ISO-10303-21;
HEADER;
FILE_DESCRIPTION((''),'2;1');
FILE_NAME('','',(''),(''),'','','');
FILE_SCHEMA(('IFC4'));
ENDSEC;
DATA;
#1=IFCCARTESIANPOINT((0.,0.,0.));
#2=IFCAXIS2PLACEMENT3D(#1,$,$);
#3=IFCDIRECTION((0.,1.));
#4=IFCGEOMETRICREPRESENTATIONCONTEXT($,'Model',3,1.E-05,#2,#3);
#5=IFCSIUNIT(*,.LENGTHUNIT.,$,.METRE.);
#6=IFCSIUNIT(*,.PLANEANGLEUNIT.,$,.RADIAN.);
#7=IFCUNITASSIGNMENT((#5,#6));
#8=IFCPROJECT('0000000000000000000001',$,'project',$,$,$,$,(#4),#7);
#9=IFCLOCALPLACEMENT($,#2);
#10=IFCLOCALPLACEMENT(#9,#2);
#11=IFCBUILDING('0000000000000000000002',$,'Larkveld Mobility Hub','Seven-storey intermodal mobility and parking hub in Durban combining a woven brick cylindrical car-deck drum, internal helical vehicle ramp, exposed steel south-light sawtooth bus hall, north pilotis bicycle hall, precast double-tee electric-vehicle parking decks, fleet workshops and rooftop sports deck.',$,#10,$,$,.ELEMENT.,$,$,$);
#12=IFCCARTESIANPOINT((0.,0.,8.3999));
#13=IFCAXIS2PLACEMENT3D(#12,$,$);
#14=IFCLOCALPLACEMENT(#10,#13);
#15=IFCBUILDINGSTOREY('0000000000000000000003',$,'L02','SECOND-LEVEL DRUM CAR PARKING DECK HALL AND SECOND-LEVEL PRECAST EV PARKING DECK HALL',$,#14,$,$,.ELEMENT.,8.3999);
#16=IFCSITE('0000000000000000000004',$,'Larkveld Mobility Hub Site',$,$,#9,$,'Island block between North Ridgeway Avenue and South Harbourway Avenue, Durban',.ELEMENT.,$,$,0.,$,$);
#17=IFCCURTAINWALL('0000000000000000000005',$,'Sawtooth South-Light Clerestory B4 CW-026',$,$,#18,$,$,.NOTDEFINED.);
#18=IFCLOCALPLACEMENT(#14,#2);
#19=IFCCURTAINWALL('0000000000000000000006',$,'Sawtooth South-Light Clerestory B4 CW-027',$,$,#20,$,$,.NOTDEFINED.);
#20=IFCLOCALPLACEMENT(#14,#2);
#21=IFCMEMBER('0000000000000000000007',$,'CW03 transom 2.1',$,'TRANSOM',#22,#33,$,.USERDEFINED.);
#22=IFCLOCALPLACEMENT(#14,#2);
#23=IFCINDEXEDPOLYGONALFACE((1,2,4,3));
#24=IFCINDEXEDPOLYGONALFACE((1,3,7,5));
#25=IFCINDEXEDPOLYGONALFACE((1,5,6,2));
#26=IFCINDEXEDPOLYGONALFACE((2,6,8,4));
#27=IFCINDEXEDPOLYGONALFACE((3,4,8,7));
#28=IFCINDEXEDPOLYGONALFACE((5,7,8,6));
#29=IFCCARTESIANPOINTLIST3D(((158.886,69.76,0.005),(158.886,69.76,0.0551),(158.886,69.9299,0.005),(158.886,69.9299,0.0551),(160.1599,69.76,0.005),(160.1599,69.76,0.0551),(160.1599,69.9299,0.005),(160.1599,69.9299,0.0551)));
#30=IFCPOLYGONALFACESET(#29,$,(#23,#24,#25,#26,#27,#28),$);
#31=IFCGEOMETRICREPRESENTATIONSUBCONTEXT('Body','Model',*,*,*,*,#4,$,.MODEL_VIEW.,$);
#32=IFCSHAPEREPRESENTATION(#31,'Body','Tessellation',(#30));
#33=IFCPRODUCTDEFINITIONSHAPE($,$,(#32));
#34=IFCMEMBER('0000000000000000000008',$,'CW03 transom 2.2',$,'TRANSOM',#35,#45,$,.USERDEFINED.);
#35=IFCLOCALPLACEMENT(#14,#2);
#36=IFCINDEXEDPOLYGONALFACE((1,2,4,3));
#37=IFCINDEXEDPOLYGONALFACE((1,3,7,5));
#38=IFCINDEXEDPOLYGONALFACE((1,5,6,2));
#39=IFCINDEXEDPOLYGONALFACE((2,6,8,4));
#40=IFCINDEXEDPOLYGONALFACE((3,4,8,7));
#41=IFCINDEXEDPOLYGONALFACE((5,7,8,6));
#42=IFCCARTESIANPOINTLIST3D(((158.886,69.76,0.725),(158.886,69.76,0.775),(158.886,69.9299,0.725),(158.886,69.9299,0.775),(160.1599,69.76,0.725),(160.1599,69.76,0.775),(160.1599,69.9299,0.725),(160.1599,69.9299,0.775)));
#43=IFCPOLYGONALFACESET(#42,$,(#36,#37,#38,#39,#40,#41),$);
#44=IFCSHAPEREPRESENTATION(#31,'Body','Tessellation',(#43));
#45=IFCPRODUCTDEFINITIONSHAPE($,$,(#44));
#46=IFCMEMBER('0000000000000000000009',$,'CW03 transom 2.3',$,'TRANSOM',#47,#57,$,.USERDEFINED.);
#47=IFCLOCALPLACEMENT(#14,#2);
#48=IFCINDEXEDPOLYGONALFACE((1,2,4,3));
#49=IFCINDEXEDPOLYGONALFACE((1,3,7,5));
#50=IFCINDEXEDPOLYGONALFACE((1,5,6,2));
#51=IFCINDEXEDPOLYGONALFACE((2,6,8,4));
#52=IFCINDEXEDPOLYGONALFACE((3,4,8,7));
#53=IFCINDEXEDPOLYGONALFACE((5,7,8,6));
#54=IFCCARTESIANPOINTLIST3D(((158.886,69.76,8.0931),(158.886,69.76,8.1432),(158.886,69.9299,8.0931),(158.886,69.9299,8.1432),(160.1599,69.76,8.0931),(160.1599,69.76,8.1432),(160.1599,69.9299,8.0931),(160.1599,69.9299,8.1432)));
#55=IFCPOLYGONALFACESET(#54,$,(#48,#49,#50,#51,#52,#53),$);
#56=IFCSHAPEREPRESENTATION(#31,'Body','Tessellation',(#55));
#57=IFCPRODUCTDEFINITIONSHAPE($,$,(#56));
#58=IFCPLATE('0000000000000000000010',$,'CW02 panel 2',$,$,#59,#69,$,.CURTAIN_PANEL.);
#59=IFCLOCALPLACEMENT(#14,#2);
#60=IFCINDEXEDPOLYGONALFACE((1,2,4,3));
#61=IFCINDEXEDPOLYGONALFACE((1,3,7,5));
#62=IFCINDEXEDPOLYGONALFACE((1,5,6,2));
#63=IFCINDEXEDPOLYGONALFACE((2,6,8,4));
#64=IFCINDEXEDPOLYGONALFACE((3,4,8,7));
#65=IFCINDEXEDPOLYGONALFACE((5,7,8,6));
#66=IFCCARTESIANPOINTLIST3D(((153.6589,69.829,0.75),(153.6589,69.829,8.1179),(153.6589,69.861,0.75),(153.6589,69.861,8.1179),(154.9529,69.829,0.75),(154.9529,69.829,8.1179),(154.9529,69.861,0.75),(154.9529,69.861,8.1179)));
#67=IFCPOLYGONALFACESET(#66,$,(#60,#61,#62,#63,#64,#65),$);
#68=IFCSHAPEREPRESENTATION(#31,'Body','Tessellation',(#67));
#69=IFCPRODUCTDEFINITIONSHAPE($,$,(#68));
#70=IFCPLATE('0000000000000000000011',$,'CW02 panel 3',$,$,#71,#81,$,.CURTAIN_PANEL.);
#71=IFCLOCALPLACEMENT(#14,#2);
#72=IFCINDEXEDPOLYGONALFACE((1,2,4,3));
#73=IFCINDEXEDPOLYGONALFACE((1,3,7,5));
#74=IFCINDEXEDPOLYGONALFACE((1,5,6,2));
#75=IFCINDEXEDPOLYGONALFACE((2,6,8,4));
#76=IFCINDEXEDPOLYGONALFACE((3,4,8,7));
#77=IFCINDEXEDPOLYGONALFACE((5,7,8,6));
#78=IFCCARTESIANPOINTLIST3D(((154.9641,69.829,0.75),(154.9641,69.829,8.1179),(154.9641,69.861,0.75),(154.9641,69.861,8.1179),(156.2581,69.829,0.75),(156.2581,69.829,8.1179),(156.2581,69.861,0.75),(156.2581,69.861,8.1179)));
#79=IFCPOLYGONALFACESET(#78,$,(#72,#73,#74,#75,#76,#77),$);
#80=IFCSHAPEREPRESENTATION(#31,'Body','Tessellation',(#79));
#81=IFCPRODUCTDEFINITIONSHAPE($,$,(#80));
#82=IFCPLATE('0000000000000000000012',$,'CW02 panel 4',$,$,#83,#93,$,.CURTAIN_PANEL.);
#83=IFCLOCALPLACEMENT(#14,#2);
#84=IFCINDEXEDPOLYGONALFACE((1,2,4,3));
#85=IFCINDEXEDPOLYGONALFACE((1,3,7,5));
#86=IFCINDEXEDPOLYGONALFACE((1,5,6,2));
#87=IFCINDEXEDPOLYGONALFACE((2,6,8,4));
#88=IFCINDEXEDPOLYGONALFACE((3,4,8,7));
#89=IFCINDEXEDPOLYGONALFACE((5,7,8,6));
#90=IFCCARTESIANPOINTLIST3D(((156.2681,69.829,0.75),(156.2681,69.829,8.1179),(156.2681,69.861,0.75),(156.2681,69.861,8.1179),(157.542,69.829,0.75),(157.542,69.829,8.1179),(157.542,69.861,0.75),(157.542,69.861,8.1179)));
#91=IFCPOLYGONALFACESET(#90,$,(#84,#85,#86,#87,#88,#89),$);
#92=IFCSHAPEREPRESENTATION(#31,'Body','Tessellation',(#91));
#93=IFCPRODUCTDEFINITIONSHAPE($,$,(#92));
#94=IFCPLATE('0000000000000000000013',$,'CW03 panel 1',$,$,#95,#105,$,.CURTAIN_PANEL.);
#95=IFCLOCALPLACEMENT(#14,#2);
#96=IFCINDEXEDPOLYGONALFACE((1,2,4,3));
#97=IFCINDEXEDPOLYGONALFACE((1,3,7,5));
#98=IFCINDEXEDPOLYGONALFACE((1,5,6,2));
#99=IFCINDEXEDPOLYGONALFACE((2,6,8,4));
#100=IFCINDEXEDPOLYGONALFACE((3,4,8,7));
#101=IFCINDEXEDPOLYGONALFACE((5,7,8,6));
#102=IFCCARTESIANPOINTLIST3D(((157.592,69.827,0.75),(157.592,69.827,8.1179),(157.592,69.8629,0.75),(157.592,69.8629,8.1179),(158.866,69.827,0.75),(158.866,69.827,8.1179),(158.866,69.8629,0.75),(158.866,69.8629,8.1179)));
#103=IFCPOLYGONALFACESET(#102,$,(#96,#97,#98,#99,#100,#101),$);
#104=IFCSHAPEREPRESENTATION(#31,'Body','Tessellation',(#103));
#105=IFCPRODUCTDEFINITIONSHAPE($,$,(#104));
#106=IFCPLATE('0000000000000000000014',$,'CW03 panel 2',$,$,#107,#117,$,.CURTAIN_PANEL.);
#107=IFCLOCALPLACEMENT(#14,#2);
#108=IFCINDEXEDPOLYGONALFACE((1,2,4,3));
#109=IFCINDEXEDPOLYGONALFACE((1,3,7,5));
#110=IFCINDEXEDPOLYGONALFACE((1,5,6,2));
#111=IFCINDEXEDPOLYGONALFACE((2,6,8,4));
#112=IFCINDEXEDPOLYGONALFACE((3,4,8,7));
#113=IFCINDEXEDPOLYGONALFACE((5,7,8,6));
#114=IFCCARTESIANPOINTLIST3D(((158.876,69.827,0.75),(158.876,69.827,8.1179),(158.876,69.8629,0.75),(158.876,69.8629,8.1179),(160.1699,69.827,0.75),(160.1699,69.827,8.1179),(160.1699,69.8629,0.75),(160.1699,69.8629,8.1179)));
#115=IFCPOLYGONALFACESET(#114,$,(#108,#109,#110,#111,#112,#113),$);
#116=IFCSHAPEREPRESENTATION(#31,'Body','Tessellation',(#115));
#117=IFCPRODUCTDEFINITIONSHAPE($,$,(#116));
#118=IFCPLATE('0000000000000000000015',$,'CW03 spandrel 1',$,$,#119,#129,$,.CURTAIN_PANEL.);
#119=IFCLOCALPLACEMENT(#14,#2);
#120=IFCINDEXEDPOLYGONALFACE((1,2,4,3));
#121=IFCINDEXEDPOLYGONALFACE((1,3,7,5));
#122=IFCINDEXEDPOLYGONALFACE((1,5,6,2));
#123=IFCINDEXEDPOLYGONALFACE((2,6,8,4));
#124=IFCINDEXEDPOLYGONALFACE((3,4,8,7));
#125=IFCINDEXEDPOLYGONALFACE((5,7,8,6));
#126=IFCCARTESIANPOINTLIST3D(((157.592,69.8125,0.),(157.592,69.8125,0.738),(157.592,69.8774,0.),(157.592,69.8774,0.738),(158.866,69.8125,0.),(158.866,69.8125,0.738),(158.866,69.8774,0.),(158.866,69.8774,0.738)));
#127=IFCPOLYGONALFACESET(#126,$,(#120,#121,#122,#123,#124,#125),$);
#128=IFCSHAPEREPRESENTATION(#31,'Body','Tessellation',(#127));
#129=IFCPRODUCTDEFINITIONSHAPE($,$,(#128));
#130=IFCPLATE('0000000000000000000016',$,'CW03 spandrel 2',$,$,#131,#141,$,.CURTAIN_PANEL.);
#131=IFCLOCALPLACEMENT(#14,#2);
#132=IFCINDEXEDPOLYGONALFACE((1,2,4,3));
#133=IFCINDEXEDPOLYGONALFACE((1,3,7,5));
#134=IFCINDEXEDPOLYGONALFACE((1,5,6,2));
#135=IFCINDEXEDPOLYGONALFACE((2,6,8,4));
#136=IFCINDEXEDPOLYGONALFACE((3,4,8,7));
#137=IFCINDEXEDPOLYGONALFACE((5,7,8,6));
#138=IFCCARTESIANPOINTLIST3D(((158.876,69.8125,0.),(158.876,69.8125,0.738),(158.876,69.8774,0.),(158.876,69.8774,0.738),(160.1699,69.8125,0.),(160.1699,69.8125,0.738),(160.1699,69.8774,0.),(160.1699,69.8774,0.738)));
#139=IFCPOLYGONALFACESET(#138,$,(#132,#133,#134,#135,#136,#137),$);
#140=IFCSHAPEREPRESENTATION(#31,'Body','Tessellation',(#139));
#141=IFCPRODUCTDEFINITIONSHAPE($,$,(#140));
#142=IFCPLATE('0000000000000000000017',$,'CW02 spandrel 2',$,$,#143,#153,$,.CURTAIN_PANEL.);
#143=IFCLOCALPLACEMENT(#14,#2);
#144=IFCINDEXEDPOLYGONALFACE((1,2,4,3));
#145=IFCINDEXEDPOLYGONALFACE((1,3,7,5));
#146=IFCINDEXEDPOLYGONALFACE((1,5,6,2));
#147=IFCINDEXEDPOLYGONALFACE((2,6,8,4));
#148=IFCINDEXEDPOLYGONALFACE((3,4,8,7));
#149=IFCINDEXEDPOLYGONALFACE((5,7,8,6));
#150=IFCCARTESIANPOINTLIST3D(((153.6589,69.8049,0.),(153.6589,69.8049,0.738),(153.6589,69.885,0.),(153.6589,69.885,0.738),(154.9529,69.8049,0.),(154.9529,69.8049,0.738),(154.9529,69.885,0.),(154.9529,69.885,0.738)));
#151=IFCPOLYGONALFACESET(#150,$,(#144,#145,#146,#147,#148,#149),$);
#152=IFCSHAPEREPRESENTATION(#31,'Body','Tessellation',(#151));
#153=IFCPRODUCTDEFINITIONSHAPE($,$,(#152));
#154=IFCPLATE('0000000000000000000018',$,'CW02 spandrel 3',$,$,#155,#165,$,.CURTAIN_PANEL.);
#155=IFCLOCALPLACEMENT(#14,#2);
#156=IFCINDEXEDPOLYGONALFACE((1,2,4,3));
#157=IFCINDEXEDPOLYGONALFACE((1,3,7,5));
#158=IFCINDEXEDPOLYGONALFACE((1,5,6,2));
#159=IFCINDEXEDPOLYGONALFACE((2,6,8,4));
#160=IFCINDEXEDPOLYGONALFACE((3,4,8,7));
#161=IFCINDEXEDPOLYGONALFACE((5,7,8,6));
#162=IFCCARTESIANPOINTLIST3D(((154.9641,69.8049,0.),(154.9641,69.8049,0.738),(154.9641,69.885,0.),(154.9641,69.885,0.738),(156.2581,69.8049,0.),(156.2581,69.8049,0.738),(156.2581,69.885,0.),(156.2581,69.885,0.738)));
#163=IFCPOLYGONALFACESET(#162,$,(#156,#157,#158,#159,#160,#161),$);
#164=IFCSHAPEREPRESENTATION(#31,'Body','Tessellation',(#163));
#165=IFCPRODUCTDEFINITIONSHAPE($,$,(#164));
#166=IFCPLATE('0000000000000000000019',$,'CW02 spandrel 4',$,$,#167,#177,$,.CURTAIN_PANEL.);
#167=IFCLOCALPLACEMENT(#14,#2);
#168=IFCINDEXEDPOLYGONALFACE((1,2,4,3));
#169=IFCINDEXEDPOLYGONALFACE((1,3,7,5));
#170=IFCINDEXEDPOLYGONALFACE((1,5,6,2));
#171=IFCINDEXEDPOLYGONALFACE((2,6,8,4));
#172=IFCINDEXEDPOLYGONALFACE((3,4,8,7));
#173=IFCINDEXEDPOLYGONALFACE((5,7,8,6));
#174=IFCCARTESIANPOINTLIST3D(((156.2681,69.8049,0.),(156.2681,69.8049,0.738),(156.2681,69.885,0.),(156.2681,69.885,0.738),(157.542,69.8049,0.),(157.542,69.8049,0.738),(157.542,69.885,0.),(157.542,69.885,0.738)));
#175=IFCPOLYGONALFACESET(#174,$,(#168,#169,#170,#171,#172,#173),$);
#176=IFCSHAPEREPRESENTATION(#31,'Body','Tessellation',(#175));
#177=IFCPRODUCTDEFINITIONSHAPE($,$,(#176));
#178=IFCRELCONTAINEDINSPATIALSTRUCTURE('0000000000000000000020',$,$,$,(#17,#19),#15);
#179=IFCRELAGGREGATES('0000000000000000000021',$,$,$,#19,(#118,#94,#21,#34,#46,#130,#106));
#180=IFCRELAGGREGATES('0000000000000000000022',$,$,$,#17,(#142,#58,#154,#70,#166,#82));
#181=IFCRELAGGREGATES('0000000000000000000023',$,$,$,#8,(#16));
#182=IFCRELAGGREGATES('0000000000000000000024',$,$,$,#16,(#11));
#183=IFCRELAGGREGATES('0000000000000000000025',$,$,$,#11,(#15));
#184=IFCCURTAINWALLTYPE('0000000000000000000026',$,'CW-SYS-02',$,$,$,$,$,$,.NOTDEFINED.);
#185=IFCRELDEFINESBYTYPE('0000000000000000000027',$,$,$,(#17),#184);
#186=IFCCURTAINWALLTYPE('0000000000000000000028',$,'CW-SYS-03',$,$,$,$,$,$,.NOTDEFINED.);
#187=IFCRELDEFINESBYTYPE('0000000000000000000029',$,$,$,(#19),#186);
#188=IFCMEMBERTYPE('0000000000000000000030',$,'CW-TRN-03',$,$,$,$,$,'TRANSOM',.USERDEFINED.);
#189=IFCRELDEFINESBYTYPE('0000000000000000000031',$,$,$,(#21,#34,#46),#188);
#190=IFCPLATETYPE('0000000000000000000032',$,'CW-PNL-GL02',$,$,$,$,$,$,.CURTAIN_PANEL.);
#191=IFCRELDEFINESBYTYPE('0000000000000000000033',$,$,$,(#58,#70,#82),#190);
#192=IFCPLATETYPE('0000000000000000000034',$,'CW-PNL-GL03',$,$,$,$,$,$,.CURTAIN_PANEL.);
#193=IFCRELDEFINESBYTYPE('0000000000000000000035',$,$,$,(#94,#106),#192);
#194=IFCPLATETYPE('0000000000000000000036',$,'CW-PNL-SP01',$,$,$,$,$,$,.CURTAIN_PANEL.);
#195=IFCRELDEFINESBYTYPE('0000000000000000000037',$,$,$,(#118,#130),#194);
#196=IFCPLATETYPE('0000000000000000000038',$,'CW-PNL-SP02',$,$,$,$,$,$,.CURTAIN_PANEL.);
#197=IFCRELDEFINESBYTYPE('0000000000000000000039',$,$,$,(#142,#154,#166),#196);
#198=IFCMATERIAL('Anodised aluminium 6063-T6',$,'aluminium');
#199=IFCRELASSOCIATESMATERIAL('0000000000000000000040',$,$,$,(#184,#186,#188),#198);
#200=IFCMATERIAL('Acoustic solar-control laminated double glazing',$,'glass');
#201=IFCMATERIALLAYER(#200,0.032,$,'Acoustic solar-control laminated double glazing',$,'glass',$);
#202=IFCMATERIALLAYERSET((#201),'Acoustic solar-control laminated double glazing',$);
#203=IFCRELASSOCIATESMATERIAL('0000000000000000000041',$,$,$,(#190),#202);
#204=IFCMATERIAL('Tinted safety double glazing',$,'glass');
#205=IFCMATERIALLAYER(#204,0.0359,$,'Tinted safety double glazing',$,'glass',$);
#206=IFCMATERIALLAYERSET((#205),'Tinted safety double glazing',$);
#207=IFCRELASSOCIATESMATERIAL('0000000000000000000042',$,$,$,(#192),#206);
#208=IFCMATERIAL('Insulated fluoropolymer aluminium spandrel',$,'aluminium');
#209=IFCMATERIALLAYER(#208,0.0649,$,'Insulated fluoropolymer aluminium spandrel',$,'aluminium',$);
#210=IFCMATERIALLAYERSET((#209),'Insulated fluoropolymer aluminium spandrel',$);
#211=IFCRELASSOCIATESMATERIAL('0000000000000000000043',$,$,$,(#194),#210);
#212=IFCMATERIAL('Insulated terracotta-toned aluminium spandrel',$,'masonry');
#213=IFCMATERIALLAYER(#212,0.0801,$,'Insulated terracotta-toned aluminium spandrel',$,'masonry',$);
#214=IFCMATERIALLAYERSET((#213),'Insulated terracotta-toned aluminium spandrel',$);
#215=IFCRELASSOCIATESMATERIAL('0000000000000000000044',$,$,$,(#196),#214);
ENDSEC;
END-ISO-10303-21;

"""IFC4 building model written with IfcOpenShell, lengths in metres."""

from ifc_helpers import new_model, si_unit, direction, frame, origin, origin_2d, place, context, subcontext, project, spatial, rectangle, extrude, material, layer, layer_set, material_profile, profile_set, type_object, element, aggregate, save


model = new_model("IFC4")

# Units and contexts
model_context = context("Model", 3, precision=1e-05, world=origin(), true_north=direction((0.0, 1.0)))
body_context = subcontext(model_context, "Body", "Model", "MODEL_VIEW")
ifc_project = project(units=[si_unit("LENGTHUNIT", "METRE"), si_unit("PLANEANGLEUNIT", "RADIAN")], contexts=[model_context])

# Site, building, storey
site_placement = place(None, origin())
site = spatial("IfcSite", under=ifc_project, at=site_placement, Name="Larkveld Mobility Hub Site", LongName="Island block between North Ridgeway Avenue and South Harbourway Avenue, Durban", CompositionType="ELEMENT", RefElevation=0.0)
building_placement = place(site_placement, origin())
building = spatial("IfcBuilding", under=site, at=building_placement, Name="Larkveld Mobility Hub", Description="Seven-storey intermodal mobility and parking hub in Durban combining a woven brick cylindrical car-deck drum, internal helical vehicle ramp, exposed steel south-light sawtooth bus hall, north pilotis bicycle hall, precast double-tee electric-vehicle parking decks, fleet workshops and rooftop sports deck.", CompositionType="ELEMENT")
storey_placement = place(building_placement, frame((0.0, 0.0, 8.3999)))
storey = spatial("IfcBuildingStorey", under=building, at=storey_placement, Name="L02", Description="SECOND-LEVEL DRUM CAR PARKING DECK HALL AND SECOND-LEVEL PRECAST EV PARKING DECK HALL", CompositionType="ELEMENT", Elevation=8.3999)

# Curtain walls
ifc_material_1 = material(Name="Anodised aluminium 6063-T6", Category="aluminium")
curtain_wall_type_1 = type_object("IfcCurtainWallType", Name="CW-SYS-02", PredefinedType="NOTDEFINED", material=ifc_material_1)
curtain_wall_1_placement = place(storey_placement, origin())
curtain_wall_1 = element("IfcCurtainWall", 1, at=curtain_wall_1_placement, inside=storey, type_object=curtain_wall_type_1, Name="Sawtooth South-Light Clerestory B4 CW-026", PredefinedType="NOTDEFINED")
curtain_wall_type_2 = type_object("IfcCurtainWallType", Name="CW-SYS-03", PredefinedType="NOTDEFINED", material=ifc_material_1)
curtain_wall_2_placement = place(storey_placement, origin())
curtain_wall_2 = element("IfcCurtainWall", 2, at=curtain_wall_2_placement, inside=storey, type_object=curtain_wall_type_2, Name="Sawtooth South-Light Clerestory B4 CW-027", PredefinedType="NOTDEFINED")

# Members
ifc_material_profile_1 = material_profile(ifc_material_1, rectangle(XDim=0.1699, YDim=0.05, at=origin_2d()), Name="ALU TRAN 50x170")
ifc_profile_set_1 = profile_set([ifc_material_profile_1], Name="Anodised aluminium 6063-T6")
member_type_1 = type_object("IfcMemberType", Name="CW-TRN-03", ElementType="TRANSOM", PredefinedType="USERDEFINED", material=ifc_profile_set_1)
member_1_placement = place(storey_placement, frame((158.886, 69.845, 0.03), z_axis=(1.0, 0.0, 0.0), x_axis=(0.0, 1.0, 0.0)))
member_1 = element("IfcMember", 3, at=member_1_placement, type_object=member_type_1, Name="CW03 transom 2.1", ObjectType="TRANSOM", PredefinedType="USERDEFINED", context=body_context, shape_type="SweptSolid", body=[
    extrude(rectangle(XDim=0.1699, YDim=0.05, at=origin_2d()), origin(), (0.0, 0.0, 1.0), 1.2739),
])
member_2_placement = place(storey_placement, frame((158.886, 69.845, 0.75), z_axis=(1.0, 0.0, 0.0), x_axis=(0.0, 1.0, 0.0)))
member_2 = element("IfcMember", 4, at=member_2_placement, type_object=member_type_1, Name="CW03 transom 2.2", ObjectType="TRANSOM", PredefinedType="USERDEFINED", context=body_context, shape_type="SweptSolid", body=[
    extrude(rectangle(XDim=0.1699, YDim=0.05, at=origin_2d()), origin(), (0.0, 0.0, 1.0), 1.2739),
])
member_3_placement = place(storey_placement, frame((158.886, 69.845, 8.1182), z_axis=(1.0, 0.0, 0.0), x_axis=(0.0, 1.0, 0.0)))
member_3 = element("IfcMember", 5, at=member_3_placement, type_object=member_type_1, Name="CW03 transom 2.3", ObjectType="TRANSOM", PredefinedType="USERDEFINED", context=body_context, shape_type="SweptSolid", body=[
    extrude(rectangle(XDim=0.1699, YDim=0.05, at=origin_2d()), origin(), (0.0, 0.0, 1.0), 1.2739),
])

# Plates
ifc_material_2 = material(Name="Acoustic solar-control laminated double glazing", Category="glass")
ifc_layer_1 = layer(ifc_material_2, 0.032, Name="Acoustic solar-control laminated double glazing", Category="glass")
ifc_layer_set_1 = layer_set([ifc_layer_1], Name="Acoustic solar-control laminated double glazing")
plate_type_1 = type_object("IfcPlateType", Name="CW-PNL-GL02", PredefinedType="CURTAIN_PANEL", material=ifc_layer_set_1)
plate_1_placement = place(storey_placement, frame((154.3059, 69.845, 0.75), z_axis=(0.0, 0.0, 1.0), x_axis=(1.0, 0.0, 0.0)))
plate_1 = element("IfcPlate", 6, at=plate_1_placement, type_object=plate_type_1, Name="CW02 panel 2", PredefinedType="CURTAIN_PANEL", context=body_context, shape_type="SweptSolid", body=[
    extrude(rectangle(XDim=1.2939, YDim=0.032, at=origin_2d()), origin(), (0.0, 0.0, 1.0), 7.3679),
])
plate_2_placement = place(storey_placement, frame((155.6111, 69.845, 0.75), z_axis=(0.0, 0.0, 1.0), x_axis=(1.0, 0.0, 0.0)))
plate_2 = element("IfcPlate", 7, at=plate_2_placement, type_object=plate_type_1, Name="CW02 panel 3", PredefinedType="CURTAIN_PANEL", context=body_context, shape_type="SweptSolid", body=[
    extrude(rectangle(XDim=1.2939, YDim=0.032, at=origin_2d()), origin(), (0.0, 0.0, 1.0), 7.3679),
])
plate_3_placement = place(storey_placement, frame((156.905, 69.845, 0.75), z_axis=(0.0, 0.0, 1.0), x_axis=(1.0, 0.0, 0.0)))
plate_3 = element("IfcPlate", 8, at=plate_3_placement, type_object=plate_type_1, Name="CW02 panel 4", PredefinedType="CURTAIN_PANEL", context=body_context, shape_type="SweptSolid", body=[
    extrude(rectangle(XDim=1.2739, YDim=0.032, at=origin_2d()), origin(), (0.0, 0.0, 1.0), 7.3679),
])
ifc_material_3 = material(Name="Tinted safety double glazing", Category="glass")
ifc_layer_2 = layer(ifc_material_3, 0.0359, Name="Tinted safety double glazing", Category="glass")
ifc_layer_set_2 = layer_set([ifc_layer_2], Name="Tinted safety double glazing")
plate_type_2 = type_object("IfcPlateType", Name="CW-PNL-GL03", PredefinedType="CURTAIN_PANEL", material=ifc_layer_set_2)
plate_4_placement = place(storey_placement, frame((158.229, 69.845, 0.75), z_axis=(0.0, 0.0, 1.0), x_axis=(1.0, 0.0, 0.0)))
plate_4 = element("IfcPlate", 9, at=plate_4_placement, type_object=plate_type_2, Name="CW03 panel 1", PredefinedType="CURTAIN_PANEL", context=body_context, shape_type="SweptSolid", body=[
    extrude(rectangle(XDim=1.2739, YDim=0.0359, at=origin_2d()), origin(), (0.0, 0.0, 1.0), 7.3679),
])
plate_5_placement = place(storey_placement, frame((159.5229, 69.845, 0.75), z_axis=(0.0, 0.0, 1.0), x_axis=(1.0, 0.0, 0.0)))
plate_5 = element("IfcPlate", 10, at=plate_5_placement, type_object=plate_type_2, Name="CW03 panel 2", PredefinedType="CURTAIN_PANEL", context=body_context, shape_type="SweptSolid", body=[
    extrude(rectangle(XDim=1.2939, YDim=0.0359, at=origin_2d()), origin(), (0.0, 0.0, 1.0), 7.3679),
])
ifc_material_4 = material(Name="Insulated fluoropolymer aluminium spandrel", Category="aluminium")
ifc_layer_3 = layer(ifc_material_4, 0.0649, Name="Insulated fluoropolymer aluminium spandrel", Category="aluminium")
ifc_layer_set_3 = layer_set([ifc_layer_3], Name="Insulated fluoropolymer aluminium spandrel")
plate_type_3 = type_object("IfcPlateType", Name="CW-PNL-SP01", PredefinedType="CURTAIN_PANEL", material=ifc_layer_set_3)
plate_6_placement = place(storey_placement, frame((158.229, 69.845, 0.0), z_axis=(0.0, 0.0, 1.0), x_axis=(1.0, 0.0, 0.0)))
plate_6 = element("IfcPlate", 11, at=plate_6_placement, type_object=plate_type_3, Name="CW03 spandrel 1", PredefinedType="CURTAIN_PANEL", context=body_context, shape_type="SweptSolid", body=[
    extrude(rectangle(XDim=1.2739, YDim=0.0649, at=origin_2d()), origin(), (0.0, 0.0, 1.0), 0.738),
])
plate_7_placement = place(storey_placement, frame((159.5229, 69.845, 0.0), z_axis=(0.0, 0.0, 1.0), x_axis=(1.0, 0.0, 0.0)))
plate_7 = element("IfcPlate", 12, at=plate_7_placement, type_object=plate_type_3, Name="CW03 spandrel 2", PredefinedType="CURTAIN_PANEL", context=body_context, shape_type="SweptSolid", body=[
    extrude(rectangle(XDim=1.2939, YDim=0.0649, at=origin_2d()), origin(), (0.0, 0.0, 1.0), 0.738),
])
aggregate(curtain_wall_2, [plate_6, plate_4, member_1, member_2, member_3, plate_7, plate_5])
ifc_material_5 = material(Name="Insulated terracotta-toned aluminium spandrel", Category="masonry")
ifc_layer_4 = layer(ifc_material_5, 0.0801, Name="Insulated terracotta-toned aluminium spandrel", Category="masonry")
ifc_layer_set_4 = layer_set([ifc_layer_4], Name="Insulated terracotta-toned aluminium spandrel")
plate_type_4 = type_object("IfcPlateType", Name="CW-PNL-SP02", PredefinedType="CURTAIN_PANEL", material=ifc_layer_set_4)
plate_8_placement = place(storey_placement, frame((154.3059, 69.845, 0.0), z_axis=(0.0, 0.0, 1.0), x_axis=(1.0, 0.0, 0.0)))
plate_8 = element("IfcPlate", 13, at=plate_8_placement, type_object=plate_type_4, Name="CW02 spandrel 2", PredefinedType="CURTAIN_PANEL", context=body_context, shape_type="SweptSolid", body=[
    extrude(rectangle(XDim=1.2939, YDim=0.0801, at=origin_2d()), origin(), (0.0, 0.0, 1.0), 0.738),
])
plate_9_placement = place(storey_placement, frame((155.6111, 69.845, 0.0), z_axis=(0.0, 0.0, 1.0), x_axis=(1.0, 0.0, 0.0)))
plate_9 = element("IfcPlate", 14, at=plate_9_placement, type_object=plate_type_4, Name="CW02 spandrel 3", PredefinedType="CURTAIN_PANEL", context=body_context, shape_type="SweptSolid", body=[
    extrude(rectangle(XDim=1.2939, YDim=0.0801, at=origin_2d()), origin(), (0.0, 0.0, 1.0), 0.738),
])
plate_10_placement = place(storey_placement, frame((156.905, 69.845, 0.0), z_axis=(0.0, 0.0, 1.0), x_axis=(1.0, 0.0, 0.0)))
plate_10 = element("IfcPlate", 15, at=plate_10_placement, type_object=plate_type_4, Name="CW02 spandrel 4", PredefinedType="CURTAIN_PANEL", context=body_context, shape_type="SweptSolid", body=[
    extrude(rectangle(XDim=1.2739, YDim=0.0801, at=origin_2d()), origin(), (0.0, 0.0, 1.0), 0.738),
])
aggregate(curtain_wall_1, [plate_8, plate_1, plate_9, plate_2, plate_10, plate_3])

save(model, "model.ifc")
